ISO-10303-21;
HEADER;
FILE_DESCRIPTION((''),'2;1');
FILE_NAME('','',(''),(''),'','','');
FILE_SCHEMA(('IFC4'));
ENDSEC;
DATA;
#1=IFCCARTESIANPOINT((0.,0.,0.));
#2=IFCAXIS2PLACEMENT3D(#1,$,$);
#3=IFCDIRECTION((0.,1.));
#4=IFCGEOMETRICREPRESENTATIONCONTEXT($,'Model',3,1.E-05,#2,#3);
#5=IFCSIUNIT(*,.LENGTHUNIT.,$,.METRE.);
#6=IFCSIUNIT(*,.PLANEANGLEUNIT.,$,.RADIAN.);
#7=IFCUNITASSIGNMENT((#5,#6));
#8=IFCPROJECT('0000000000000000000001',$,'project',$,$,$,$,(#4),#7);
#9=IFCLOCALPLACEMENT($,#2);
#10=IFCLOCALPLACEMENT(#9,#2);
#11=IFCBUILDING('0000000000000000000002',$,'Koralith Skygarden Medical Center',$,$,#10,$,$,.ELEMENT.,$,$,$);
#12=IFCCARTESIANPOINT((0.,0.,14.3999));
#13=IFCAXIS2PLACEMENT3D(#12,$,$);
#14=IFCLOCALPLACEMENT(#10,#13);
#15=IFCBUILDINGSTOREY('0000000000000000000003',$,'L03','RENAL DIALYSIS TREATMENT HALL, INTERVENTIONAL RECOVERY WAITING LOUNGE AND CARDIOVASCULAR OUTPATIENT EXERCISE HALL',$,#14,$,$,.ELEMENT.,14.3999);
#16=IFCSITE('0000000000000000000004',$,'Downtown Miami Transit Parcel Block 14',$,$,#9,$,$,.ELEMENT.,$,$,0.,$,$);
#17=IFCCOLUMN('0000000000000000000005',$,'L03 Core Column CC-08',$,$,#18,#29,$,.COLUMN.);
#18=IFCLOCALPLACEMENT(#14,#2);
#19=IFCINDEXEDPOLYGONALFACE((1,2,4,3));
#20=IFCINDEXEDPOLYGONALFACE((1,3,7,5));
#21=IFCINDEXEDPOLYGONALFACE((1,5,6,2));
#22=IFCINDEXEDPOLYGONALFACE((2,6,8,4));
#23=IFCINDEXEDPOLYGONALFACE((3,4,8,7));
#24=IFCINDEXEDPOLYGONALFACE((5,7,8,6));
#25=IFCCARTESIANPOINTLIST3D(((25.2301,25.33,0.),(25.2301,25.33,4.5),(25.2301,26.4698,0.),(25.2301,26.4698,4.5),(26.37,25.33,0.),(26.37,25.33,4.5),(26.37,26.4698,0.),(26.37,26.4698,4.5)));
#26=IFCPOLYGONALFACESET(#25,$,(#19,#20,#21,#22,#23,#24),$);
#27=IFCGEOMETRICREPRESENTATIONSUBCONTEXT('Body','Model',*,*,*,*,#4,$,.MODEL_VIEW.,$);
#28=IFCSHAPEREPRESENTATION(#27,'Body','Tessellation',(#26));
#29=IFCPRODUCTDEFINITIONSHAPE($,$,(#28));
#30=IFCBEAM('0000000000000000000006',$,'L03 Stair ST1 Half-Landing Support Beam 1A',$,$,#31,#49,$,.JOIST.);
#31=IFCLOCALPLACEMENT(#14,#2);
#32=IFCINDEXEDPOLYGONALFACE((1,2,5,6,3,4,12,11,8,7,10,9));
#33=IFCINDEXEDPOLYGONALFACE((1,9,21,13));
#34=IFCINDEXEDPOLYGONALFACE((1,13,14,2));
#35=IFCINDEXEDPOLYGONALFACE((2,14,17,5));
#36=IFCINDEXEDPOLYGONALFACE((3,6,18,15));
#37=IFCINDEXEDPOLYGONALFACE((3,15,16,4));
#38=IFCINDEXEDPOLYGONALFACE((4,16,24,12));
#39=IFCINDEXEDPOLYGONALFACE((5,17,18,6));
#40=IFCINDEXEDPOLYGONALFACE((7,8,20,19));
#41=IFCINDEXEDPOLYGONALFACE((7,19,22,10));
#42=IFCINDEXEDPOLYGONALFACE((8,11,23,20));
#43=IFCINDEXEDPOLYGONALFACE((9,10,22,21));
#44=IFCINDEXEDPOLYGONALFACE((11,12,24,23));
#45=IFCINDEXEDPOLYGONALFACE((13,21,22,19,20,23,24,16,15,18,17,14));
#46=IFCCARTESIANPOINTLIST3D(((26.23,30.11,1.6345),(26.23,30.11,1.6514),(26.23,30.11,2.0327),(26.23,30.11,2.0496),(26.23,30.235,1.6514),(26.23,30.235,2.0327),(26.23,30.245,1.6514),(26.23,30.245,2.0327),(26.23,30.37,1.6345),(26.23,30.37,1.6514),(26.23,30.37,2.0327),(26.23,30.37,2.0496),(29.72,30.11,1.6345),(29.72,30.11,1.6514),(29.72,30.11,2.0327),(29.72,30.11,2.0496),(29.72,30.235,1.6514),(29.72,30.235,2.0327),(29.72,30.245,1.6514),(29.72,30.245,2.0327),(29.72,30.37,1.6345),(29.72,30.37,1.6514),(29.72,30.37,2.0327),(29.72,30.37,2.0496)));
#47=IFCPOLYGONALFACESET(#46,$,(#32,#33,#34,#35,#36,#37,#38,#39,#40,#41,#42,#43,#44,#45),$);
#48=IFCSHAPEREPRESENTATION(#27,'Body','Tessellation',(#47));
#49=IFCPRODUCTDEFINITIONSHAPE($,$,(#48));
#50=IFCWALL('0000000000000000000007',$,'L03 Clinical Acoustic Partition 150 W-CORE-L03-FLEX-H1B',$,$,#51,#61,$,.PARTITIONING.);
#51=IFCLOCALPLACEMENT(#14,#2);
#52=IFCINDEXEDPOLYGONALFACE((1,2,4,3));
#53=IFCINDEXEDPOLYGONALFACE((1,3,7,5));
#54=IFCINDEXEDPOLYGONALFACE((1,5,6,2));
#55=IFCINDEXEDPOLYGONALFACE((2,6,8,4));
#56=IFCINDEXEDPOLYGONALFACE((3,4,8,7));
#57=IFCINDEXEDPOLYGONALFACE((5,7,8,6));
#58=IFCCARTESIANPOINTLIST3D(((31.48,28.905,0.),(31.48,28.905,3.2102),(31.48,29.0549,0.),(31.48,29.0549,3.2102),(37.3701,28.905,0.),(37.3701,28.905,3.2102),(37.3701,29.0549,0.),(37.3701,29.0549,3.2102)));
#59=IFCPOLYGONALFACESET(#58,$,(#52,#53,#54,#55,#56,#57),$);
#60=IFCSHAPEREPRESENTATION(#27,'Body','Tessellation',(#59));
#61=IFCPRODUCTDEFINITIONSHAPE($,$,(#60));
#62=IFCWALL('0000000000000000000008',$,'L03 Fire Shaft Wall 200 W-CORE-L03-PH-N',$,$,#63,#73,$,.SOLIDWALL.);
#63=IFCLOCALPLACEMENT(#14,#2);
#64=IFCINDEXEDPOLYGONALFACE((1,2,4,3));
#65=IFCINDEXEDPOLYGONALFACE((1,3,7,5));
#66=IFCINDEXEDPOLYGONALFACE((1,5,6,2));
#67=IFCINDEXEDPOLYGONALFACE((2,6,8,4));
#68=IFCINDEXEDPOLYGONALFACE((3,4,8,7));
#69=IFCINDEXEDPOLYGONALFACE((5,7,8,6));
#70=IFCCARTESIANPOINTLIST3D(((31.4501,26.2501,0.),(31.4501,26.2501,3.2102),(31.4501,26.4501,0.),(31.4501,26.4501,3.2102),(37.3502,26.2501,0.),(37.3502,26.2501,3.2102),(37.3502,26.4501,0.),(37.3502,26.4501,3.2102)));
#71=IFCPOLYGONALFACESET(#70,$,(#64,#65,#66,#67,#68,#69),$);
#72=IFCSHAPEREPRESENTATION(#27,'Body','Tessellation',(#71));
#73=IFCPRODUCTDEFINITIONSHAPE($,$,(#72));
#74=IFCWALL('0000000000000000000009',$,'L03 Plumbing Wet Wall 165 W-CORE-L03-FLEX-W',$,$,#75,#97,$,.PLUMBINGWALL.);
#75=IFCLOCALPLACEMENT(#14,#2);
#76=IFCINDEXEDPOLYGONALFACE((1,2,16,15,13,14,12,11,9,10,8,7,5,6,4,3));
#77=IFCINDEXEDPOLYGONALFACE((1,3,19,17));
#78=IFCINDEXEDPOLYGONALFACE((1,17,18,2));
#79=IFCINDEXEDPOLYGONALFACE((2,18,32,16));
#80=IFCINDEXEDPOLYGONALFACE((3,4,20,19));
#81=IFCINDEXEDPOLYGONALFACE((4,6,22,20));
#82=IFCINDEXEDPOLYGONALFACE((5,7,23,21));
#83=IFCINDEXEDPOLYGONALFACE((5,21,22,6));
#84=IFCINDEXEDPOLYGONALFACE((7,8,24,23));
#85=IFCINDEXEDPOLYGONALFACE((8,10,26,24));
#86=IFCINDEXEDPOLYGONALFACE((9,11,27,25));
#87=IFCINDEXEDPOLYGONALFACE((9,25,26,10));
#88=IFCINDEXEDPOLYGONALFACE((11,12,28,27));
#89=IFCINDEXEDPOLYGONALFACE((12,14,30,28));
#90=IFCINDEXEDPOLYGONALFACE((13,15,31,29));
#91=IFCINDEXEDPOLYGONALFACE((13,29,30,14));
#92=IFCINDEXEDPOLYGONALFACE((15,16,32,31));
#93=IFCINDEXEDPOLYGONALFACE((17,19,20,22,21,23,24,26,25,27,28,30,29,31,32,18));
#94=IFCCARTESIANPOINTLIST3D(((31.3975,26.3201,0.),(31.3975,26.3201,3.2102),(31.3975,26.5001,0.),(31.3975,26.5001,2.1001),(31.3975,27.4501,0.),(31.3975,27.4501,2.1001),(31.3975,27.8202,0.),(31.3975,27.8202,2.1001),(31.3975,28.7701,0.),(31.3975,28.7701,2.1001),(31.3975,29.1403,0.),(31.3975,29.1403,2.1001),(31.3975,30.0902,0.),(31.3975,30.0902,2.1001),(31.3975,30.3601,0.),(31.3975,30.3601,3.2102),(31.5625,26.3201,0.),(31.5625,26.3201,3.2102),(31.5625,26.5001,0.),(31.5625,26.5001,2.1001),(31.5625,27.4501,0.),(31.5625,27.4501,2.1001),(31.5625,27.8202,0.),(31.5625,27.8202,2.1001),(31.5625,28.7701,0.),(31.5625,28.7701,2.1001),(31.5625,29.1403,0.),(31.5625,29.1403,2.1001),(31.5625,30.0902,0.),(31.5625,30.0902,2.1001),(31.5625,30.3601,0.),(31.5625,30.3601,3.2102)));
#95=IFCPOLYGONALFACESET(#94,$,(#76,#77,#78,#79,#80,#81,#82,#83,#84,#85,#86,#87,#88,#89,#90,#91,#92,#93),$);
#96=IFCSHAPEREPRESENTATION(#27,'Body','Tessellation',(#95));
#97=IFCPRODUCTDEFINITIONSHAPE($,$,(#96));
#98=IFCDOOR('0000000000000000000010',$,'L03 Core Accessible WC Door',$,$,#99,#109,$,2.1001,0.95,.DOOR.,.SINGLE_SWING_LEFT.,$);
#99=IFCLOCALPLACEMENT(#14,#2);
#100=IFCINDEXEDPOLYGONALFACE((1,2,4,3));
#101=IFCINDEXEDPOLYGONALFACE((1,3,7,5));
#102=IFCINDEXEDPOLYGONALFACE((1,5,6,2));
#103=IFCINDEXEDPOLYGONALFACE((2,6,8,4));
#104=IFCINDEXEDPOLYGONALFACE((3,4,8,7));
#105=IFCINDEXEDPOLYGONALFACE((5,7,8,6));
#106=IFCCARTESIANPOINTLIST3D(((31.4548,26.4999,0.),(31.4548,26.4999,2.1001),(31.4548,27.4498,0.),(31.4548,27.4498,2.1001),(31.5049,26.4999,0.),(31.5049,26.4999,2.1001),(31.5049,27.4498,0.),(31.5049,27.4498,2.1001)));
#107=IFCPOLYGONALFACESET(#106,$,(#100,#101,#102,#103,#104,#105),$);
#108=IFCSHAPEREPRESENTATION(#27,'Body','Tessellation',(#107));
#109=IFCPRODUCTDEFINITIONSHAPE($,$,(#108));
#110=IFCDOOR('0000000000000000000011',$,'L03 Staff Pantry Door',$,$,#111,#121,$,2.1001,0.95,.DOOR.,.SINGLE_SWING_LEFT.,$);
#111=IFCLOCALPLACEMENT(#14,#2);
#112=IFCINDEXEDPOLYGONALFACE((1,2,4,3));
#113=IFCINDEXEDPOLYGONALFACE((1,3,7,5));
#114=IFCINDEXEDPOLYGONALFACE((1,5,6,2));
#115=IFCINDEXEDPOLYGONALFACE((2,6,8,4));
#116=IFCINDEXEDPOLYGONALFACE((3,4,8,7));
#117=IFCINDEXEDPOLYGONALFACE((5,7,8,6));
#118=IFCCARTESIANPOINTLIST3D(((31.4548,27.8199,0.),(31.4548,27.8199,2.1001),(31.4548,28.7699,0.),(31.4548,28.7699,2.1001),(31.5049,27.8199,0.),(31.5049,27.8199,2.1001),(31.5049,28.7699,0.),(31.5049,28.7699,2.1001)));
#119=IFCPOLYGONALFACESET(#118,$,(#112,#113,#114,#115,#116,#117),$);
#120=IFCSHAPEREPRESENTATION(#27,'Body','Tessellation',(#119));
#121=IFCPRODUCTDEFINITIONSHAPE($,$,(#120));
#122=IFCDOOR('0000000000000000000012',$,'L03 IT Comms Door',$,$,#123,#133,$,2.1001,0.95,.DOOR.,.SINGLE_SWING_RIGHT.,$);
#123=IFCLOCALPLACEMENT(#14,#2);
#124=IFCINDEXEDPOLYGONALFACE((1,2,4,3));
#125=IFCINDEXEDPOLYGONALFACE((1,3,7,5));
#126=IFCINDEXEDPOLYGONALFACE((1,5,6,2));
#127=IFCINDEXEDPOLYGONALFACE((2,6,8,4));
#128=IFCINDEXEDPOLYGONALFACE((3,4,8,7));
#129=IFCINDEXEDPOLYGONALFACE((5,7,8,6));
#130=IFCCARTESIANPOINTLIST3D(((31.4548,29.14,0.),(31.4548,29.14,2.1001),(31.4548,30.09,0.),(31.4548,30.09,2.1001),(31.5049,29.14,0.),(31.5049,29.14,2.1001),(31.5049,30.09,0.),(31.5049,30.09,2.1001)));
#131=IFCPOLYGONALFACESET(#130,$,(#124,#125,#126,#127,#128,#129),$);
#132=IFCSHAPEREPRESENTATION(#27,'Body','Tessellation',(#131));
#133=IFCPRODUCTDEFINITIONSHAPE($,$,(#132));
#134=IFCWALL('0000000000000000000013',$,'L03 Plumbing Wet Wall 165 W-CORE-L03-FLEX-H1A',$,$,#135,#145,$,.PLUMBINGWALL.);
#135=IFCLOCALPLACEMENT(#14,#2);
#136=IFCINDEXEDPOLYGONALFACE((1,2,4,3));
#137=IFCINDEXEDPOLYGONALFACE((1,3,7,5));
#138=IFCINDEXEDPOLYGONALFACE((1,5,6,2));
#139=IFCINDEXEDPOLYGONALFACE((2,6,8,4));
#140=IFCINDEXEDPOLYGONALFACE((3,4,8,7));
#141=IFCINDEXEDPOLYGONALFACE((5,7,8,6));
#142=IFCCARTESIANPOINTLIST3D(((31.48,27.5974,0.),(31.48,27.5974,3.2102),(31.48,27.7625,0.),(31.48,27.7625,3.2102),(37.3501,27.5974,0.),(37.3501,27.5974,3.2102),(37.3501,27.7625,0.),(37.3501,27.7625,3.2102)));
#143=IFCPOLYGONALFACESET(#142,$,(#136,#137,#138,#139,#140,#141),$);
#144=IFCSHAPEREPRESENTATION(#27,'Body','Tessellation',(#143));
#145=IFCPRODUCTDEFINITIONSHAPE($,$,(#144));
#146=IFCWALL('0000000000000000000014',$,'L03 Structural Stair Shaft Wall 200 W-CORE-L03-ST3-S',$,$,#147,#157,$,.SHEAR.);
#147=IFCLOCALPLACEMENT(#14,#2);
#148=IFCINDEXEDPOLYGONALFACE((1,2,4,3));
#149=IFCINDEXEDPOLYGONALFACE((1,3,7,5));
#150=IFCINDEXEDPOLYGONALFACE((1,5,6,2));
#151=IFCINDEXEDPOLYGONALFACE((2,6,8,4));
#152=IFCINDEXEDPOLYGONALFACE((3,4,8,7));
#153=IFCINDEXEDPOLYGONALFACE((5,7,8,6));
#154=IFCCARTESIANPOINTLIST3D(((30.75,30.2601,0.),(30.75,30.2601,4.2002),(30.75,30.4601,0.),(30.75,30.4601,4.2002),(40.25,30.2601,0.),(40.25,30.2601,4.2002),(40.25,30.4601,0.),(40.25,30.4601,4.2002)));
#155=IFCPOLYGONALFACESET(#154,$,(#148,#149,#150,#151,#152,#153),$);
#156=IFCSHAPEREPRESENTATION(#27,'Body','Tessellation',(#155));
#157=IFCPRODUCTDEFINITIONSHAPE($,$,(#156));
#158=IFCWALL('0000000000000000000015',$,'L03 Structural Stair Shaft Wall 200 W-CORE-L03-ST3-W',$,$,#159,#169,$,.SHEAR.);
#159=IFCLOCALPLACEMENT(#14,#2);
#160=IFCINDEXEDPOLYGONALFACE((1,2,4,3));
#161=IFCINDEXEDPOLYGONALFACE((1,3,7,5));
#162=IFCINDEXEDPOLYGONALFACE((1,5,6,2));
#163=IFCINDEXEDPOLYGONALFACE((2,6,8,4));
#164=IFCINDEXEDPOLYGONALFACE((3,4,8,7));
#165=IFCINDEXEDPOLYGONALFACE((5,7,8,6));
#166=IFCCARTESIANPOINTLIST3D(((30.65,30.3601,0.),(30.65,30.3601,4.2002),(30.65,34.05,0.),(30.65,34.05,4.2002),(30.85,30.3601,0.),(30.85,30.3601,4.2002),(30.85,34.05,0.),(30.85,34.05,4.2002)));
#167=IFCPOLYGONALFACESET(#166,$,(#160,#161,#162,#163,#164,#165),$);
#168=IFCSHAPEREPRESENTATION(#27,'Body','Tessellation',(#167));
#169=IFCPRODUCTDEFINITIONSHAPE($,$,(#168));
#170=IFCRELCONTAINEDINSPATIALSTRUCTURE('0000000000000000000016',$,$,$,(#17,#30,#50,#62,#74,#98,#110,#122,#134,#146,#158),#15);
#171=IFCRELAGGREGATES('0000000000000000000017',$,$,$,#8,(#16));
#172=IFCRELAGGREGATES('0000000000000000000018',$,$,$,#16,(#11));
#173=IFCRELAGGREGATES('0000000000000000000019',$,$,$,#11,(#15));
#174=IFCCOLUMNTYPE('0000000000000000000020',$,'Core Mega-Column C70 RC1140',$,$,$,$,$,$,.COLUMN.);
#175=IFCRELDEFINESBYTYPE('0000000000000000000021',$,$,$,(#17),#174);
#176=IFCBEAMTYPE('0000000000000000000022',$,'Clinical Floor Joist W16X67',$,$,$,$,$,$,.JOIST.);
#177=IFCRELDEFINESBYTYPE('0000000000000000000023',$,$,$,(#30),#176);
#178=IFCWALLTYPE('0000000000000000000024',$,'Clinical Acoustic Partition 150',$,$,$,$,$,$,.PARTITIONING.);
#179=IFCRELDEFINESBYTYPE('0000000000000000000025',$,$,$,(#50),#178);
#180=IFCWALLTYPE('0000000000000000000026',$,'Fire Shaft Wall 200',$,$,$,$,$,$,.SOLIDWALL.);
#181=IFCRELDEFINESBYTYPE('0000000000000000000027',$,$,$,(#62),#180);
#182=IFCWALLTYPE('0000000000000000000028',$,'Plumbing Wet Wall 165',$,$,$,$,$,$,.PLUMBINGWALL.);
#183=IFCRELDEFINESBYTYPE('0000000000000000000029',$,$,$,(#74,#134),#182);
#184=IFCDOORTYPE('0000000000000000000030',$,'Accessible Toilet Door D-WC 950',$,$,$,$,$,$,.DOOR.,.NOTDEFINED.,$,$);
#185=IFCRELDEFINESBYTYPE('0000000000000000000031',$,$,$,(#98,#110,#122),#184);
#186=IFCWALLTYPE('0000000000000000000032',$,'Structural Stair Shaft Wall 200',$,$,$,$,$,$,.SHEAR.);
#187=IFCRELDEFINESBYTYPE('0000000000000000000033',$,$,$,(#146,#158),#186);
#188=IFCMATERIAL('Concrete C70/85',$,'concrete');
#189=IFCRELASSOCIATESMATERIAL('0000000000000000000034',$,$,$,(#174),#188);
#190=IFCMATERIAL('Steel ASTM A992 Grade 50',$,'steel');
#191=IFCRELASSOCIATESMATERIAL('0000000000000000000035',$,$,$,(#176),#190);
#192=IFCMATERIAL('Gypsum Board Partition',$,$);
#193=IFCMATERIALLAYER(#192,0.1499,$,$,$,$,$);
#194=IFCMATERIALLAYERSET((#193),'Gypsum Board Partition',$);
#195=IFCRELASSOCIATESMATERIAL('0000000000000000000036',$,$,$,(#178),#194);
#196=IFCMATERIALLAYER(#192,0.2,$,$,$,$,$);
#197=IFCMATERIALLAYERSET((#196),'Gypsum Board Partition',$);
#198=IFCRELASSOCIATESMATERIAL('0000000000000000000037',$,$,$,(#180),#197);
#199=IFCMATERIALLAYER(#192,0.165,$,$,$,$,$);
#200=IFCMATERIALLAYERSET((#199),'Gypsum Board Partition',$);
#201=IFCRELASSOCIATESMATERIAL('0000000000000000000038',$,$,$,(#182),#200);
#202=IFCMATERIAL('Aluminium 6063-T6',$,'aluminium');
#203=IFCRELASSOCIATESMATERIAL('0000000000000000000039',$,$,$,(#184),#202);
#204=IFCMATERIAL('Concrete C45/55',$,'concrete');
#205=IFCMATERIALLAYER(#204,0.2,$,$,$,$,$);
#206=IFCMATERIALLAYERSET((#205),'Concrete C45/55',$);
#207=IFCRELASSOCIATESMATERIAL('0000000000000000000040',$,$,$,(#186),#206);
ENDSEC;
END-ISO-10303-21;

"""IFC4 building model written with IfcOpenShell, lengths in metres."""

from ifc_helpers import new_model, si_unit, direction, frame, frame_2d, origin, origin_2d, place, context, subcontext, project, spatial, rectangle, i_section, extrude, material, layer, layer_set, material_profile, profile_set, type_object, element, fill, save


model = new_model("IFC4")

# Units and contexts
model_context = context("Model", 3, precision=1e-05, world=origin(), true_north=direction((0.0, 1.0)))
body_context = subcontext(model_context, "Body", "Model", "MODEL_VIEW")
ifc_project = project(units=[si_unit("LENGTHUNIT", "METRE"), si_unit("PLANEANGLEUNIT", "RADIAN")], contexts=[model_context])

# Site, building, storey
site_placement = place(None, origin())
site = spatial("IfcSite", under=ifc_project, at=site_placement, Name="Downtown Miami Transit Parcel Block 14", CompositionType="ELEMENT", RefElevation=0.0)
building_placement = place(site_placement, origin())
building = spatial("IfcBuilding", under=site, at=building_placement, Name="Koralith Skygarden Medical Center", CompositionType="ELEMENT")
storey_placement = place(building_placement, frame((0.0, 0.0, 14.3999)))
storey = spatial("IfcBuildingStorey", under=building, at=storey_placement, Name="L03", Description="RENAL DIALYSIS TREATMENT HALL, INTERVENTIONAL RECOVERY WAITING LOUNGE AND CARDIOVASCULAR OUTPATIENT EXERCISE HALL", CompositionType="ELEMENT", Elevation=14.3999)

# Column
ifc_material_1 = material(Name="Concrete C70/85", Category="concrete")
ifc_material_profile_1 = material_profile(ifc_material_1, rectangle(XDim=1.1399, YDim=1.1399, at=origin_2d()), Name="RC1140X1140")
ifc_profile_set_1 = profile_set([ifc_material_profile_1], Name="Concrete C70/85")
column_type = type_object("IfcColumnType", Name="Core Mega-Column C70 RC1140", PredefinedType="COLUMN", material=ifc_profile_set_1)
column_placement = place(storey_placement, frame((25.8, 25.8999, 0.0), z_axis=(0.0, 0.0, 1.0), x_axis=(1.0, 0.0, 0.0)))
element("IfcColumn", 1, at=column_placement, inside=storey, type_object=column_type, Name="L03 Core Column CC-08", PredefinedType="COLUMN", context=body_context, shape_type="SweptSolid", body=[
    extrude(rectangle(XDim=1.1399, YDim=1.1399, at=origin_2d()), origin(), (0.0, 0.0, 1.0), 4.5),
])

# Beam
ifc_material_2 = material(Name="Steel ASTM A992 Grade 50", Category="steel")
ifc_material_profile_2 = material_profile(ifc_material_2, i_section(OverallWidth=0.26, OverallDepth=0.415, WebThickness=0.01, FlangeThickness=0.0168, at=origin_2d()), Name="W16X67")
ifc_profile_set_2 = profile_set([ifc_material_profile_2], Name="Steel ASTM A992 Grade 50")
beam_type = type_object("IfcBeamType", Name="Clinical Floor Joist W16X67", PredefinedType="JOIST", material=ifc_profile_set_2)
beam_placement = place(storey_placement, frame((26.23, 30.24, 1.842), z_axis=(1.0, 0.0, 0.0), x_axis=(0.0, 1.0, 0.0)))
element("IfcBeam", 2, at=beam_placement, inside=storey, type_object=beam_type, Name="L03 Stair ST1 Half-Landing Support Beam 1A", PredefinedType="JOIST", context=body_context, shape_type="SweptSolid", body=[
    extrude(i_section(OverallWidth=0.26, OverallDepth=0.415, WebThickness=0.01, FlangeThickness=0.0168, at=origin_2d()), origin(), (0.0, 0.0, 1.0), 3.49),
])

# Walls
ifc_material_3 = material(Name="Gypsum Board Partition")
ifc_layer_1 = layer(ifc_material_3, 0.1499)
ifc_layer_set_1 = layer_set([ifc_layer_1], Name="Gypsum Board Partition")
wall_type_1 = type_object("IfcWallType", Name="Clinical Acoustic Partition 150", PredefinedType="PARTITIONING", material=ifc_layer_set_1)
wall_1_placement = place(storey_placement, frame((31.48, 28.98, 0.0), z_axis=(0.0, 0.0, 1.0), x_axis=(1.0, 0.0, 0.0)))
element("IfcWall", 3, at=wall_1_placement, inside=storey, type_object=wall_type_1, Name="L03 Clinical Acoustic Partition 150 W-CORE-L03-FLEX-H1B", PredefinedType="PARTITIONING", context=body_context, shape_type="SweptSolid", body=[
    extrude(rectangle(XDim=5.8901, YDim=0.1499, at=frame_2d((2.9451, 0.0))), origin(), (0.0, 0.0, 1.0), 3.2102),
])
ifc_layer_2 = layer(ifc_material_3, 0.2)
ifc_layer_set_2 = layer_set([ifc_layer_2], Name="Gypsum Board Partition")
wall_type_2 = type_object("IfcWallType", Name="Fire Shaft Wall 200", PredefinedType="SOLIDWALL", material=ifc_layer_set_2)
wall_2_placement = place(storey_placement, frame((31.45, 26.3501, 0.0), z_axis=(0.0, 0.0, 1.0), x_axis=(1.0, 0.0, 0.0)))
element("IfcWall", 4, at=wall_2_placement, inside=storey, type_object=wall_type_2, Name="L03 Fire Shaft Wall 200 W-CORE-L03-PH-N", PredefinedType="SOLIDWALL", context=body_context, shape_type="SweptSolid", body=[
    extrude(rectangle(XDim=5.9001, YDim=0.2, at=frame_2d((2.9502, 0.0))), origin(), (0.0, 0.0, 1.0), 3.2102),
])

# Wall, openings, doors
ifc_layer_3 = layer(ifc_material_3, 0.165)
ifc_layer_set_3 = layer_set([ifc_layer_3], Name="Gypsum Board Partition")
wall_type_3 = type_object("IfcWallType", Name="Plumbing Wet Wall 165", PredefinedType="PLUMBINGWALL", material=ifc_layer_set_3)
wall_3_placement = place(storey_placement, frame((31.48, 26.3201, 0.0), z_axis=(0.0, 0.0, 1.0), x_axis=(0.0, 1.0, 0.0)))
wall_3 = element("IfcWall", 5, at=wall_3_placement, inside=storey, type_object=wall_type_3, Name="L03 Plumbing Wet Wall 165 W-CORE-L03-FLEX-W", PredefinedType="PLUMBINGWALL", context=body_context, shape_type="SweptSolid", body=[
    extrude(rectangle(XDim=4.04, YDim=0.165, at=frame_2d((2.02, 0.0))), origin(), (0.0, 0.0, 1.0), 3.2102),
])
opening_1_placement = place(wall_3_placement, frame((0.1799, 0.0, 0.0)))
opening_1 = element("IfcOpeningElement", 6, at=opening_1_placement, cuts=wall_3, PredefinedType="OPENING", context=body_context, shape_type="SweptSolid", body=[
    extrude(rectangle(XDim=0.95, YDim=2.1001, at=frame_2d((0.4751, 1.05))), frame((0.0, 0.0925, 0.0), z_axis=(0.0, -1.0, 0.0), x_axis=(1.0, 0.0, 0.0)), (0.0, 0.0, 1.0), 0.1851),
])
opening_2_placement = place(wall_3_placement, frame((1.5, 0.0, 0.0)))
opening_2 = element("IfcOpeningElement", 7, at=opening_2_placement, cuts=wall_3, PredefinedType="OPENING", context=body_context, shape_type="SweptSolid", body=[
    extrude(rectangle(XDim=0.95, YDim=2.1001, at=frame_2d((0.4751, 1.05))), frame((0.0, 0.0925, 0.0), z_axis=(0.0, -1.0, 0.0), x_axis=(1.0, 0.0, 0.0)), (0.0, 0.0, 1.0), 0.1851),
])
opening_3_placement = place(wall_3_placement, frame((2.8201, 0.0, 0.0)))
opening_3 = element("IfcOpeningElement", 8, at=opening_3_placement, cuts=wall_3, PredefinedType="OPENING", context=body_context, shape_type="SweptSolid", body=[
    extrude(rectangle(XDim=0.95, YDim=2.1001, at=frame_2d((0.4751, 1.05))), frame((0.0, 0.0925, 0.0), z_axis=(0.0, -1.0, 0.0), x_axis=(1.0, 0.0, 0.0)), (0.0, 0.0, 1.0), 0.1851),
])
ifc_material_4 = material(Name="Aluminium 6063-T6", Category="aluminium")
door_type = type_object("IfcDoorType", Name="Accessible Toilet Door D-WC 950", OperationType="NOTDEFINED", PredefinedType="DOOR", material=ifc_material_4)
door_1_placement = place(opening_1_placement, frame((0.95, 0.0, 0.0), z_axis=(0.0, 0.0, 1.0), x_axis=(-1.0, 0.0, 0.0)))
door_1 = element("IfcDoor", 9, at=door_1_placement, inside=storey, type_object=door_type, Name="L03 Core Accessible WC Door", OperationType="SINGLE_SWING_LEFT", OverallHeight=2.1001, OverallWidth=0.95, PredefinedType="DOOR", context=body_context, shape_type="SweptSolid", body=[
    extrude(rectangle(XDim=0.95, YDim=2.1001, at=frame_2d((0.4751, 1.05))), frame((0.0, 0.0249, 0.0), z_axis=(0.0, -1.0, 0.0), x_axis=(1.0, 0.0, 0.0)), (0.0, 0.0, 1.0), 0.05),
])
fill(opening_1, door_1)
door_2_placement = place(opening_2_placement, frame((0.95, 0.0, 0.0), z_axis=(0.0, 0.0, 1.0), x_axis=(-1.0, 0.0, 0.0)))
door_2 = element("IfcDoor", 10, at=door_2_placement, inside=storey, type_object=door_type, Name="L03 Staff Pantry Door", OperationType="SINGLE_SWING_LEFT", OverallHeight=2.1001, OverallWidth=0.95, PredefinedType="DOOR", context=body_context, shape_type="SweptSolid", body=[
    extrude(rectangle(XDim=0.95, YDim=2.1001, at=frame_2d((0.4751, 1.05))), frame((0.0, 0.0249, 0.0), z_axis=(0.0, -1.0, 0.0), x_axis=(1.0, 0.0, 0.0)), (0.0, 0.0, 1.0), 0.05),
])
fill(opening_2, door_2)
door_3_placement = place(opening_3_placement, frame((0.95, 0.0, 0.0), z_axis=(0.0, 0.0, 1.0), x_axis=(-1.0, 0.0, 0.0)))
door_3 = element("IfcDoor", 11, at=door_3_placement, inside=storey, type_object=door_type, Name="L03 IT Comms Door", OperationType="SINGLE_SWING_RIGHT", OverallHeight=2.1001, OverallWidth=0.95, PredefinedType="DOOR", context=body_context, shape_type="SweptSolid", body=[
    extrude(rectangle(XDim=0.95, YDim=2.1001, at=frame_2d((0.4751, 1.05))), frame((0.0, 0.0249, 0.0), z_axis=(0.0, -1.0, 0.0), x_axis=(1.0, 0.0, 0.0)), (0.0, 0.0, 1.0), 0.05),
])
fill(opening_3, door_3)

# Walls
wall_4_placement = place(storey_placement, frame((31.48, 27.6799, 0.0), z_axis=(0.0, 0.0, 1.0), x_axis=(1.0, 0.0, 0.0)))
element("IfcWall", 12, at=wall_4_placement, inside=storey, type_object=wall_type_3, Name="L03 Plumbing Wet Wall 165 W-CORE-L03-FLEX-H1A", PredefinedType="PLUMBINGWALL", context=body_context, shape_type="SweptSolid", body=[
    extrude(rectangle(XDim=5.8701, YDim=0.165, at=frame_2d((2.9351, 0.0))), origin(), (0.0, 0.0, 1.0), 3.2102),
])
ifc_material_5 = material(Name="Concrete C45/55", Category="concrete")
ifc_layer_4 = layer(ifc_material_5, 0.2)
ifc_layer_set_4 = layer_set([ifc_layer_4], Name="Concrete C45/55")
wall_type_4 = type_object("IfcWallType", Name="Structural Stair Shaft Wall 200", PredefinedType="SHEAR", material=ifc_layer_set_4)
wall_5_placement = place(storey_placement, frame((30.75, 30.3601, 0.0), z_axis=(0.0, 0.0, 1.0), x_axis=(1.0, 0.0, 0.0)))
element("IfcWall", 13, at=wall_5_placement, inside=storey, type_object=wall_type_4, Name="L03 Structural Stair Shaft Wall 200 W-CORE-L03-ST3-S", PredefinedType="SHEAR", context=body_context, shape_type="SweptSolid", body=[
    extrude(rectangle(XDim=9.5, YDim=0.2, at=frame_2d((4.75, 0.0))), origin(), (0.0, 0.0, 1.0), 4.2002),
])
wall_6_placement = place(storey_placement, frame((30.75, 30.3601, 0.0), z_axis=(0.0, 0.0, 1.0), x_axis=(0.0, 1.0, 0.0)))
element("IfcWall", 14, at=wall_6_placement, inside=storey, type_object=wall_type_4, Name="L03 Structural Stair Shaft Wall 200 W-CORE-L03-ST3-W", PredefinedType="SHEAR", context=body_context, shape_type="SweptSolid", body=[
    extrude(rectangle(XDim=3.6899, YDim=0.2, at=frame_2d((1.845, 0.0))), origin(), (0.0, 0.0, 1.0), 4.2002),
])

save(model, "model.ifc")
